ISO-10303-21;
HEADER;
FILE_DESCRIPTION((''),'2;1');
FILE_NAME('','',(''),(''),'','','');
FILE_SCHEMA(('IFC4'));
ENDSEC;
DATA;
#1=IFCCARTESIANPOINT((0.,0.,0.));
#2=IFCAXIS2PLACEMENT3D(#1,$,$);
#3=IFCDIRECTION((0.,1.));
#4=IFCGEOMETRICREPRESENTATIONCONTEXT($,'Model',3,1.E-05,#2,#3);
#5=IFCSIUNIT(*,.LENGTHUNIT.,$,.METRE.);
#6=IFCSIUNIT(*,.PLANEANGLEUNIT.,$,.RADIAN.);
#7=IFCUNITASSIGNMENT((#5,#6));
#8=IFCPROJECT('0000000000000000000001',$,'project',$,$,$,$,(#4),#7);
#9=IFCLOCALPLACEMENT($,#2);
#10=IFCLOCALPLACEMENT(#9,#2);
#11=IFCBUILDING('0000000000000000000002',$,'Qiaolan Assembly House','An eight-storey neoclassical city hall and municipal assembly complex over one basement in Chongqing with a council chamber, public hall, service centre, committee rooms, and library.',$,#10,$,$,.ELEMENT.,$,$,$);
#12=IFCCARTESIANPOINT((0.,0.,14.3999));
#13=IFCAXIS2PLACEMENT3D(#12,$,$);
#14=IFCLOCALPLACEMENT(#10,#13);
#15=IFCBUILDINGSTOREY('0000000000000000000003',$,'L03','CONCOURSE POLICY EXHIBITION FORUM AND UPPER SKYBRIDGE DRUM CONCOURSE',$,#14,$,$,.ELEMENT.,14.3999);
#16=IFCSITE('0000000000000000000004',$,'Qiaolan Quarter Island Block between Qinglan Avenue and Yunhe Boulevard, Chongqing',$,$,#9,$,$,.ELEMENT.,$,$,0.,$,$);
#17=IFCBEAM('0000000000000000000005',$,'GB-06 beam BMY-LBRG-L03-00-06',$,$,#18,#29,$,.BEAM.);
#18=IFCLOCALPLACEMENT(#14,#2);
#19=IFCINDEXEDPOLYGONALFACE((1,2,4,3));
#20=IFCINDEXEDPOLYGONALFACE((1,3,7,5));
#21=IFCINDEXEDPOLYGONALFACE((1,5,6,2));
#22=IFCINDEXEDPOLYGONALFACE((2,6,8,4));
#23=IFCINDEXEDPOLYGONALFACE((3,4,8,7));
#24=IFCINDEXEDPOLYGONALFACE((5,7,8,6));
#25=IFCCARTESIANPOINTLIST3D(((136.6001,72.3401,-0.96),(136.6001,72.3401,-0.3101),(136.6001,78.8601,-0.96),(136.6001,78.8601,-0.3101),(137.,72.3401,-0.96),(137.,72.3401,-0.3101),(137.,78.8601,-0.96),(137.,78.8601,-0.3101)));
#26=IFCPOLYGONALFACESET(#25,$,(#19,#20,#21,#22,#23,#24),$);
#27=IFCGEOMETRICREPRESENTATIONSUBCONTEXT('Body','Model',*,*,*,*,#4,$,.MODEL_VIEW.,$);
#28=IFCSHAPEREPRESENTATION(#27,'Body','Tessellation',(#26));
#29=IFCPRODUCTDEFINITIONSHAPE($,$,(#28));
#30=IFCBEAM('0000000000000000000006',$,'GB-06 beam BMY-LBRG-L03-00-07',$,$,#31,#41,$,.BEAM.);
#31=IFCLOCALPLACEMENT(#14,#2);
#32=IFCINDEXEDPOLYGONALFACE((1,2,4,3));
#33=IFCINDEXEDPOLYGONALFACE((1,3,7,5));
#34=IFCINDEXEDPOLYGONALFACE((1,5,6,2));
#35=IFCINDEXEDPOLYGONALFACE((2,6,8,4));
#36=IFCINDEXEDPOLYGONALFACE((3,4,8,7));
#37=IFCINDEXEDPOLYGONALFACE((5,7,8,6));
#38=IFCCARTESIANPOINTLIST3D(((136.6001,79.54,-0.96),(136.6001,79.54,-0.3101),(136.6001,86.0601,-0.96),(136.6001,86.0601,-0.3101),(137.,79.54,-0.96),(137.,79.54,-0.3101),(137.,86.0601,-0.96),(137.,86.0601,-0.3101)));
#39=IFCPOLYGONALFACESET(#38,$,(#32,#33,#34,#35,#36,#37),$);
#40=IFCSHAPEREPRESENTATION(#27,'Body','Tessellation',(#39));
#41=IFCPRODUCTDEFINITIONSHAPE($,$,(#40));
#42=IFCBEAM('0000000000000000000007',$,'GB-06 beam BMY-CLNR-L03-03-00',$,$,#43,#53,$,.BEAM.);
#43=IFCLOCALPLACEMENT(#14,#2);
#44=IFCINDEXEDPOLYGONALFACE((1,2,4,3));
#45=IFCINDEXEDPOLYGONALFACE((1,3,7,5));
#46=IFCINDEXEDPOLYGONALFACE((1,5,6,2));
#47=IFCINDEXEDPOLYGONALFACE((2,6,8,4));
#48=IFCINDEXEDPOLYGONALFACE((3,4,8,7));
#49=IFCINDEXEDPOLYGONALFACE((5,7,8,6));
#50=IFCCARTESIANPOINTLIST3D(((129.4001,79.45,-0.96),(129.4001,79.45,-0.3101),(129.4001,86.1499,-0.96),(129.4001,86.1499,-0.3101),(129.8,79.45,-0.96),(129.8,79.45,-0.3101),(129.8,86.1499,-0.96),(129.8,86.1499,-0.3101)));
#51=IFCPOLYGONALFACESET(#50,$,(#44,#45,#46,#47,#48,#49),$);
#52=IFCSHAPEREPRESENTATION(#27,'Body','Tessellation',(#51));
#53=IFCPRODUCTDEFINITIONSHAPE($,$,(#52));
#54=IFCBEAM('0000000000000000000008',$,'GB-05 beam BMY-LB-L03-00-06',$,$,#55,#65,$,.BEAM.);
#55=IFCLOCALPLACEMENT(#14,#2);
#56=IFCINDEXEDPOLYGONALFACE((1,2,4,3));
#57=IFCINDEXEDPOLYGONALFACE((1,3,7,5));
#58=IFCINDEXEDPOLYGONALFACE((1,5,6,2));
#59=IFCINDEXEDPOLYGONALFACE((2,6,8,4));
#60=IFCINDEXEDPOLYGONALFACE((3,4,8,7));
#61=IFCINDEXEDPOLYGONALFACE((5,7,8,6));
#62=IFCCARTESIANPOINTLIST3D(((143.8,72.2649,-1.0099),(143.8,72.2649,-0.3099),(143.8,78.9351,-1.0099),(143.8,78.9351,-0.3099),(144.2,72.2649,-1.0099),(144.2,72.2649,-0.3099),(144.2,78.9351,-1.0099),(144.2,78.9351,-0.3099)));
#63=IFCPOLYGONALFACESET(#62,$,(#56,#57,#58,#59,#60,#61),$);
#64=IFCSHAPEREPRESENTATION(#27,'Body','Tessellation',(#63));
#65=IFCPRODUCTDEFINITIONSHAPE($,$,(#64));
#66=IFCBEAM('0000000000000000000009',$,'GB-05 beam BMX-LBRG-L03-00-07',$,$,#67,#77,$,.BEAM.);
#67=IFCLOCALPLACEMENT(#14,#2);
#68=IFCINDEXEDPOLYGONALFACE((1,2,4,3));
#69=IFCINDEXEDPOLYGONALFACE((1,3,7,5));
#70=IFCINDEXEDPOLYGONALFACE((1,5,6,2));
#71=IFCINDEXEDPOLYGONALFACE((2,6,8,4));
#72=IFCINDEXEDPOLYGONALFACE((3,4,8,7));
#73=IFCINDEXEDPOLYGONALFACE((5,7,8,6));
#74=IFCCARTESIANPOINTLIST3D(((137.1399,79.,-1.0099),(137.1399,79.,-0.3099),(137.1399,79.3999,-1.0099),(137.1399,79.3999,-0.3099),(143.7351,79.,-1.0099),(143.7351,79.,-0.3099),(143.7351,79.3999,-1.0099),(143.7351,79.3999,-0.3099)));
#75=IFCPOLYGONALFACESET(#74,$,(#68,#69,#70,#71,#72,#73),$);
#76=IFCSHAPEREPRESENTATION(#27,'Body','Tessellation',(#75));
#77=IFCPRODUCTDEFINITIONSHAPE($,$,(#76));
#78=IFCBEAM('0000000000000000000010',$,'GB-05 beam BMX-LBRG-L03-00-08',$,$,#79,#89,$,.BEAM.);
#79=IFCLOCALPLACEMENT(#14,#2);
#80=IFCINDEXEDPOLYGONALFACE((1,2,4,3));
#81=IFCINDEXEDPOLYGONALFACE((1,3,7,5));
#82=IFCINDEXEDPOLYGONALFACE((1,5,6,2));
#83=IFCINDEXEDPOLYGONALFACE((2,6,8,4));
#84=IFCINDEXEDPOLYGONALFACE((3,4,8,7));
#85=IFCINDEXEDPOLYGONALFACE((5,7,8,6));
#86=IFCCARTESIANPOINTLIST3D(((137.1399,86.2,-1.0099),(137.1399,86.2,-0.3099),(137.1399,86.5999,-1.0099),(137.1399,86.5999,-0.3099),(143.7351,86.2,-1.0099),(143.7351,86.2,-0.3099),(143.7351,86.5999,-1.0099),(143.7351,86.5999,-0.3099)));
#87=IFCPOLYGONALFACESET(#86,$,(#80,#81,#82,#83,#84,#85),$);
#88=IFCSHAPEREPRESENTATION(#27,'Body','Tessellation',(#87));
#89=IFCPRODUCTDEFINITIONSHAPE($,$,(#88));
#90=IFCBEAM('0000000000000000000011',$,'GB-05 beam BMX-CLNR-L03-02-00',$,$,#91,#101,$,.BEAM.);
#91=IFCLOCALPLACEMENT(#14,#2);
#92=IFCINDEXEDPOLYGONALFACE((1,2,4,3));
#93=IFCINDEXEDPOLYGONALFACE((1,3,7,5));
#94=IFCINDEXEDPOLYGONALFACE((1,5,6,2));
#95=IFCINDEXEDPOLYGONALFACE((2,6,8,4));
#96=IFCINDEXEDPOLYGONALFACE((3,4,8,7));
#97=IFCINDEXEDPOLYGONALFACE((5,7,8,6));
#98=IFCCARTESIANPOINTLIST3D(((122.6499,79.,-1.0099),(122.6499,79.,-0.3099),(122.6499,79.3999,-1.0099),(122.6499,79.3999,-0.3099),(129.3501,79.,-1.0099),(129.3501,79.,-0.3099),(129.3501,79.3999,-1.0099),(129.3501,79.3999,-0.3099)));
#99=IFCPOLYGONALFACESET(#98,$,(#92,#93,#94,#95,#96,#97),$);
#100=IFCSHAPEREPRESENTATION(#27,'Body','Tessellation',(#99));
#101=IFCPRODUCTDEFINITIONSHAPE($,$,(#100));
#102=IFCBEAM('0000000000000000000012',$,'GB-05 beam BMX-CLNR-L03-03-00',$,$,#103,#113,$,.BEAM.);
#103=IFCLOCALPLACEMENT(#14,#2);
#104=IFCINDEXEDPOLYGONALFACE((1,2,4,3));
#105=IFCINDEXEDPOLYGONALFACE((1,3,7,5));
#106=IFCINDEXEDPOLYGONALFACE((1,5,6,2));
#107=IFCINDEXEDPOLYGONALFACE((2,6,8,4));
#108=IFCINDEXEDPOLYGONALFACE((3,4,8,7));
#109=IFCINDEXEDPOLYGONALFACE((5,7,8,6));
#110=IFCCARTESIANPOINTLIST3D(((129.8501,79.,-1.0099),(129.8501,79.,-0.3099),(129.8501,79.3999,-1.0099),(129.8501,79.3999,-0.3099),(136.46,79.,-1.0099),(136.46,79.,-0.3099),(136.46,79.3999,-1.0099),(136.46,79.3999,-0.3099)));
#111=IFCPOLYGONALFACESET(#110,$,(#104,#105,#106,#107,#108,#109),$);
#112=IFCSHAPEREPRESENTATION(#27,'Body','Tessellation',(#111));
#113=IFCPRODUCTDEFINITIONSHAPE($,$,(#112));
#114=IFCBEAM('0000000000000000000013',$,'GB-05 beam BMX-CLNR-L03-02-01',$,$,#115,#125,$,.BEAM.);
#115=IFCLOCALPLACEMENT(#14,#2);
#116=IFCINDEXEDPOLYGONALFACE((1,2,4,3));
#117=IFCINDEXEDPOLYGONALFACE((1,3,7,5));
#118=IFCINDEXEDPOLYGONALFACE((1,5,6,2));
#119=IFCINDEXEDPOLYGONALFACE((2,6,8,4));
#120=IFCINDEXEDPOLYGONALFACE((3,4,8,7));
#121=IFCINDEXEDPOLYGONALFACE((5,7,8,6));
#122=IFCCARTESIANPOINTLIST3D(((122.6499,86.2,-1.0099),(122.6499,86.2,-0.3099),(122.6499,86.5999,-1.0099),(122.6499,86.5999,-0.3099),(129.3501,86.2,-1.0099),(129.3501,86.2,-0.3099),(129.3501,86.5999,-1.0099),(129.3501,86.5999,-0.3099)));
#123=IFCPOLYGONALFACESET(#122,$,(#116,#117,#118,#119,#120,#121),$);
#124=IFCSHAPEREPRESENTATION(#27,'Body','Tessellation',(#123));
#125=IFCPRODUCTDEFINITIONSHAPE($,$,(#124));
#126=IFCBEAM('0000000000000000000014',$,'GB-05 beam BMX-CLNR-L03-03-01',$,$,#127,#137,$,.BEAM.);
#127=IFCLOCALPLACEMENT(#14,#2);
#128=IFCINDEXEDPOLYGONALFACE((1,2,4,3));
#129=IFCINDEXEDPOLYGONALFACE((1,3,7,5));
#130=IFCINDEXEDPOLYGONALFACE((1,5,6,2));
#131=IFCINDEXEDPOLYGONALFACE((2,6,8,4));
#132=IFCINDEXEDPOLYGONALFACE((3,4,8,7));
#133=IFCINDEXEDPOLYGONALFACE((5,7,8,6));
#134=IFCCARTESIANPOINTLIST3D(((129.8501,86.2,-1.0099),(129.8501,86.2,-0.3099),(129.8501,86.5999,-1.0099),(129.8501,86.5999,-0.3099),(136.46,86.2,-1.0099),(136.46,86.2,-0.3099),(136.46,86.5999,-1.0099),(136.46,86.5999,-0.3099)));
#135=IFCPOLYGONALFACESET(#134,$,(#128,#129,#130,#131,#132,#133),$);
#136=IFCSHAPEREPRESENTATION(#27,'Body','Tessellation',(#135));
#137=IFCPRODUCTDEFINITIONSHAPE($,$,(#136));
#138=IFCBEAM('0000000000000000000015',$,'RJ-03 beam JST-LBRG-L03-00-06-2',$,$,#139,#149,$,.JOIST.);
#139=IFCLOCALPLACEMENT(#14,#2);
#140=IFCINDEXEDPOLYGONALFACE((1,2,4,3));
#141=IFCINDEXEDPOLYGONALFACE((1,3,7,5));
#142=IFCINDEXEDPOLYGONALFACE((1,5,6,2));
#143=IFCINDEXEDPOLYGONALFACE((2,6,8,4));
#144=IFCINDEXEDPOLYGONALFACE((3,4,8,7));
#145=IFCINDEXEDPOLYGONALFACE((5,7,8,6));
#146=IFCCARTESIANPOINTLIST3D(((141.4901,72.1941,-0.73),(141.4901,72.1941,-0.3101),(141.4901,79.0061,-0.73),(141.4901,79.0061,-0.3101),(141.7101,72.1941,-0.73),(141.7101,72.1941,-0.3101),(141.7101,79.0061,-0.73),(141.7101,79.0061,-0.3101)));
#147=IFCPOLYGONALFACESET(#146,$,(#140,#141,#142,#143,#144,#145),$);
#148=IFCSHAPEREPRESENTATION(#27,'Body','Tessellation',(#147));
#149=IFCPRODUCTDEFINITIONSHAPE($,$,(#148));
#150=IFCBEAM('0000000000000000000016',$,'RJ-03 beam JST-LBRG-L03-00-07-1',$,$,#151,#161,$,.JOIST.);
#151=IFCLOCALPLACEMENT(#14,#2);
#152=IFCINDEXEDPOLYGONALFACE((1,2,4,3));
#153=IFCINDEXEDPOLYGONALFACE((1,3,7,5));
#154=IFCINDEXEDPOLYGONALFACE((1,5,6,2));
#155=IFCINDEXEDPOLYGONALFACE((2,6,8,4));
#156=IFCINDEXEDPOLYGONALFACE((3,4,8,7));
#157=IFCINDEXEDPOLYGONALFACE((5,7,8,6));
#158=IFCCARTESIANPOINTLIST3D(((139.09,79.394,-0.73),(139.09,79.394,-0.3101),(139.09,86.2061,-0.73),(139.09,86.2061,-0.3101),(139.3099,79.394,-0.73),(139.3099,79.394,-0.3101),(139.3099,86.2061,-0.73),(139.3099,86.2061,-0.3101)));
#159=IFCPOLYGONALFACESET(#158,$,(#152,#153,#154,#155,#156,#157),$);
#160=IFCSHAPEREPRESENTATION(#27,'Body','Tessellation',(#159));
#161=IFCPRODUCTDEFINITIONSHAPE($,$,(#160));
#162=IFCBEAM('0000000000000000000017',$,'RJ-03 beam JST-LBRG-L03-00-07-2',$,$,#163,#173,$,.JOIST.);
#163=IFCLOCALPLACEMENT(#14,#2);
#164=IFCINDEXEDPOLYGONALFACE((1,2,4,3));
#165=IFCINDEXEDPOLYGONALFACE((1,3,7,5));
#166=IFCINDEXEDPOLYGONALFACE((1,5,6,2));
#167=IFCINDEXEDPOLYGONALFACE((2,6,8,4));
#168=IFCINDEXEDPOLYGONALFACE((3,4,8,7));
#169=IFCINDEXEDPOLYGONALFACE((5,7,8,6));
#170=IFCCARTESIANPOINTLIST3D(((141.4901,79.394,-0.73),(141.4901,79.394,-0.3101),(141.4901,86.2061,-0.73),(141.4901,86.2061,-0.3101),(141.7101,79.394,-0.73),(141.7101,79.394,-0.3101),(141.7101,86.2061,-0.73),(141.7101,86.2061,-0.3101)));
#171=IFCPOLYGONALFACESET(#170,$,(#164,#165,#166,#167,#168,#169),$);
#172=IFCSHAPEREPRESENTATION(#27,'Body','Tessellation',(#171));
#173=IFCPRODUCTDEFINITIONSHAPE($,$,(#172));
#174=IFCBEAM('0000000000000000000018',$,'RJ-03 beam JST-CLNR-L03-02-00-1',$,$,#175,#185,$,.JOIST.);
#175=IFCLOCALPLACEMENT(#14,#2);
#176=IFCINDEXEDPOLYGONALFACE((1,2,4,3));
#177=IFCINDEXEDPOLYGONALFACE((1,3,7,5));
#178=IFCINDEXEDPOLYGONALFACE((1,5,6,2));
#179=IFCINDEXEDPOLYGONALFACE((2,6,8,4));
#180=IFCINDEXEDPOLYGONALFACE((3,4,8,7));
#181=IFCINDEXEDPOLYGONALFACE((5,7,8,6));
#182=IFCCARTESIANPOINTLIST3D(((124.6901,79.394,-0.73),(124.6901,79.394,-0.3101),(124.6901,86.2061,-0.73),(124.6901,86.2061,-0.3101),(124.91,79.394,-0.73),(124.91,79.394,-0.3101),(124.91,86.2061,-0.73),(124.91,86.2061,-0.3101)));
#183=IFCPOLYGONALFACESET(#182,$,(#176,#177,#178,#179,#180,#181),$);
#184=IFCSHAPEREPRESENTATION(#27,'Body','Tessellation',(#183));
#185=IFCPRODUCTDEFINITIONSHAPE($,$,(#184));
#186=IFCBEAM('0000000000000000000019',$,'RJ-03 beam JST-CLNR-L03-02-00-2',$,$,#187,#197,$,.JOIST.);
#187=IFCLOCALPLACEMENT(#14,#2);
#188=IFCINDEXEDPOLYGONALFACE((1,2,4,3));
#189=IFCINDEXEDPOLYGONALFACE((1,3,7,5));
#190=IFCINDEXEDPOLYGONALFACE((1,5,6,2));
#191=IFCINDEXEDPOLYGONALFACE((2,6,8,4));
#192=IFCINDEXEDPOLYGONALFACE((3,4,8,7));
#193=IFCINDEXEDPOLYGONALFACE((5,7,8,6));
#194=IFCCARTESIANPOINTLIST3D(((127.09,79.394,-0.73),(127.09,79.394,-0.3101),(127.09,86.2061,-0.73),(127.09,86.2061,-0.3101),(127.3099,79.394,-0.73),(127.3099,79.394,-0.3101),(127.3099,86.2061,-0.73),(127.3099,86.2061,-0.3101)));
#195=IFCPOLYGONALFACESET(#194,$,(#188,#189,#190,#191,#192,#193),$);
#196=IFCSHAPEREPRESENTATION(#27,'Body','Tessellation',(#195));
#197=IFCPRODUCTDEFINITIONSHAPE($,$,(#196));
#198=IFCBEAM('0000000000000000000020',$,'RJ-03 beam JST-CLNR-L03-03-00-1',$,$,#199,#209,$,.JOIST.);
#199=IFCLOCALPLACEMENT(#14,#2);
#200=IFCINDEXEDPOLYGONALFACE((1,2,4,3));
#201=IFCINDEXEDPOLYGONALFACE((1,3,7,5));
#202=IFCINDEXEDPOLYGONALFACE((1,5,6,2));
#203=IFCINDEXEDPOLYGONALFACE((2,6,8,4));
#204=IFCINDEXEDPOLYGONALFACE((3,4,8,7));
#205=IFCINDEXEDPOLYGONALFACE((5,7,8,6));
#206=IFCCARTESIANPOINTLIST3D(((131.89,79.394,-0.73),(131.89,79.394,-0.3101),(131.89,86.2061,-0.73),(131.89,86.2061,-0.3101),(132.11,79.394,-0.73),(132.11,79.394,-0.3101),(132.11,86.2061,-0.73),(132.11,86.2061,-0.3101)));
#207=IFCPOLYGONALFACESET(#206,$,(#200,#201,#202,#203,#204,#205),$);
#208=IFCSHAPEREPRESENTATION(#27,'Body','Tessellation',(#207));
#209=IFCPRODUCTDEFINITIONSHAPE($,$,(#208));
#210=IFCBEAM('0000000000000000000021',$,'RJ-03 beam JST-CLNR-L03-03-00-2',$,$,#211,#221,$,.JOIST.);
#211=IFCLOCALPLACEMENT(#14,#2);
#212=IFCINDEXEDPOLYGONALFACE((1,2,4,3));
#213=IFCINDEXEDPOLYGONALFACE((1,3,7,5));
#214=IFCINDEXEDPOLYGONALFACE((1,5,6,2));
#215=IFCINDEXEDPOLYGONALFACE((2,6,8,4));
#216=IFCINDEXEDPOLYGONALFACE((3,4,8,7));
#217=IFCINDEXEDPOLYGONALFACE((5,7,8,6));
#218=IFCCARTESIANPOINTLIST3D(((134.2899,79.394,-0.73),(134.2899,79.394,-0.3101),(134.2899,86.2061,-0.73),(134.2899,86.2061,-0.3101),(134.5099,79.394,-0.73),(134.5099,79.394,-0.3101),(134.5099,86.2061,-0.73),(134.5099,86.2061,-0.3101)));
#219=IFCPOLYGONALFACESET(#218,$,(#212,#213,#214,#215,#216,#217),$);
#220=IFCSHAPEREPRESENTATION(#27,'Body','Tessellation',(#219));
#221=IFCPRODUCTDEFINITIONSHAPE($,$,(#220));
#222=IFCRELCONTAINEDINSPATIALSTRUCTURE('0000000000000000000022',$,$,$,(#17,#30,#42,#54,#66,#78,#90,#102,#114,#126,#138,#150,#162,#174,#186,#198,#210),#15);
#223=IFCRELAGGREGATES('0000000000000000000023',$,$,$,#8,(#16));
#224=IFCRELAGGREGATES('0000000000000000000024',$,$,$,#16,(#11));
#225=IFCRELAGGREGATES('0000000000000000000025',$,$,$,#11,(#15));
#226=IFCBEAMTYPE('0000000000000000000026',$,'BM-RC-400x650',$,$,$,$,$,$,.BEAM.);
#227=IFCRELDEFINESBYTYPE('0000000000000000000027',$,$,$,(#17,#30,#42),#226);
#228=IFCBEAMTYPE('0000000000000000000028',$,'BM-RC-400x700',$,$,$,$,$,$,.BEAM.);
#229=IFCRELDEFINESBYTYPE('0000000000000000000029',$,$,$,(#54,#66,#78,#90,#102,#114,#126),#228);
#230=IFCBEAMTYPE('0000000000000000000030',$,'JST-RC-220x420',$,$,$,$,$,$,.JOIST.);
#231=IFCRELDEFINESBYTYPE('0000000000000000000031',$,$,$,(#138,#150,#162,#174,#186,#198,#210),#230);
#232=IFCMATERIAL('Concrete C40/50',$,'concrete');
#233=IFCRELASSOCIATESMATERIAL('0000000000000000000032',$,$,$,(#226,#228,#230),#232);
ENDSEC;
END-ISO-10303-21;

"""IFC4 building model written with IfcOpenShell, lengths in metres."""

from ifc_helpers import new_model, si_unit, direction, frame, origin, origin_2d, place, context, subcontext, project, spatial, rectangle, extrude, material, material_profile, profile_set, type_object, element, save


model = new_model("IFC4")

# Units and contexts
model_context = context("Model", 3, precision=1e-05, world=origin(), true_north=direction((0.0, 1.0)))
body_context = subcontext(model_context, "Body", "Model", "MODEL_VIEW")
ifc_project = project(units=[si_unit("LENGTHUNIT", "METRE"), si_unit("PLANEANGLEUNIT", "RADIAN")], contexts=[model_context])

# Site, building, storey
site_placement = place(None, origin())
site = spatial("IfcSite", under=ifc_project, at=site_placement, Name="Qiaolan Quarter Island Block between Qinglan Avenue and Yunhe Boulevard, Chongqing", CompositionType="ELEMENT", RefElevation=0.0)
building_placement = place(site_placement, origin())
building = spatial("IfcBuilding", under=site, at=building_placement, Name="Qiaolan Assembly House", Description="An eight-storey neoclassical city hall and municipal assembly complex over one basement in Chongqing with a council chamber, public hall, service centre, committee rooms, and library.", CompositionType="ELEMENT")
storey_placement = place(building_placement, frame((0.0, 0.0, 14.3999)))
storey = spatial("IfcBuildingStorey", under=building, at=storey_placement, Name="L03", Description="CONCOURSE POLICY EXHIBITION FORUM AND UPPER SKYBRIDGE DRUM CONCOURSE", CompositionType="ELEMENT", Elevation=14.3999)

# Beams
ifc_material_1 = material(Name="Concrete C40/50", Category="concrete")
ifc_material_profile_1 = material_profile(ifc_material_1, rectangle(XDim=0.3999, YDim=0.6499, at=origin_2d()), Name="RCB 400x650")
ifc_profile_set_1 = profile_set([ifc_material_profile_1], Name="Concrete C40/50")
beam_type_1 = type_object("IfcBeamType", Name="BM-RC-400x650", PredefinedType="BEAM", material=ifc_profile_set_1)
for number, where, z_axis, x_axis, name in (
    (1, (136.8, 72.3401, -0.635), (0.0, 1.0, 0.0), (-1.0, 0.0, 0.0), "GB-06 beam BMY-LBRG-L03-00-06"),
    (2, (136.8, 79.54, -0.635), (0.0, 1.0, 0.0), (-1.0, 0.0, 0.0), "GB-06 beam BMY-LBRG-L03-00-07"),
):
    element("IfcBeam", number, at=place(storey_placement, frame(where, z_axis=z_axis, x_axis=x_axis)), inside=storey, type_object=beam_type_1, Name=name, PredefinedType="BEAM", context=body_context, shape_type="SweptSolid", body=[
        extrude(rectangle(XDim=0.3999, YDim=0.6499, at=origin_2d()), origin(), (0.0, 0.0, 1.0), 6.52),
    ])
beam_1_placement = place(storey_placement, frame((129.6001, 79.45, -0.635), z_axis=(0.0, 1.0, 0.0), x_axis=(-1.0, 0.0, 0.0)))
element("IfcBeam", 3, at=beam_1_placement, inside=storey, type_object=beam_type_1, Name="GB-06 beam BMY-CLNR-L03-03-00", PredefinedType="BEAM", context=body_context, shape_type="SweptSolid", body=[
    extrude(rectangle(XDim=0.3999, YDim=0.6499, at=origin_2d()), origin(), (0.0, 0.0, 1.0), 6.7),
])
ifc_material_profile_2 = material_profile(ifc_material_1, rectangle(XDim=0.3999, YDim=0.7, at=origin_2d()), Name="RCB 400x700")
ifc_profile_set_2 = profile_set([ifc_material_profile_2], Name="Concrete C40/50")
beam_type_2 = type_object("IfcBeamType", Name="BM-RC-400x700", PredefinedType="BEAM", material=ifc_profile_set_2)
beam_2_placement = place(storey_placement, frame((144.0, 72.2649, -0.6599), z_axis=(0.0, 1.0, 0.0), x_axis=(-1.0, 0.0, 0.0)))
element("IfcBeam", 4, at=beam_2_placement, inside=storey, type_object=beam_type_2, Name="GB-05 beam BMY-LB-L03-00-06", PredefinedType="BEAM", context=body_context, shape_type="SweptSolid", body=[
    extrude(rectangle(XDim=0.3999, YDim=0.7, at=origin_2d()), origin(), (0.0, 0.0, 1.0), 6.6702),
])
for number, where, z_axis, x_axis, name in (
    (5, (137.1399, 79.2, -0.6599), (1.0, 0.0, 0.0), (0.0, 1.0, 0.0), "GB-05 beam BMX-LBRG-L03-00-07"),
    (6, (137.1399, 86.3999, -0.6599), (1.0, 0.0, 0.0), (0.0, 1.0, 0.0), "GB-05 beam BMX-LBRG-L03-00-08"),
):
    element("IfcBeam", number, at=place(storey_placement, frame(where, z_axis=z_axis, x_axis=x_axis)), inside=storey, type_object=beam_type_2, Name=name, PredefinedType="BEAM", context=body_context, shape_type="SweptSolid", body=[
        extrude(rectangle(XDim=0.3999, YDim=0.7, at=origin_2d()), origin(), (0.0, 0.0, 1.0), 6.5952),
    ])
beam_3_placement = place(storey_placement, frame((122.6499, 79.2, -0.6599), z_axis=(1.0, 0.0, 0.0), x_axis=(0.0, 1.0, 0.0)))
element("IfcBeam", 7, at=beam_3_placement, inside=storey, type_object=beam_type_2, Name="GB-05 beam BMX-CLNR-L03-02-00", PredefinedType="BEAM", context=body_context, shape_type="SweptSolid", body=[
    extrude(rectangle(XDim=0.3999, YDim=0.7, at=origin_2d()), origin(), (0.0, 0.0, 1.0), 6.7002),
])
beam_4_placement = place(storey_placement, frame((129.8501, 79.2, -0.6599), z_axis=(1.0, 0.0, 0.0), x_axis=(0.0, 1.0, 0.0)))
element("IfcBeam", 8, at=beam_4_placement, inside=storey, type_object=beam_type_2, Name="GB-05 beam BMX-CLNR-L03-03-00", PredefinedType="BEAM", context=body_context, shape_type="SweptSolid", body=[
    extrude(rectangle(XDim=0.3999, YDim=0.7, at=origin_2d()), origin(), (0.0, 0.0, 1.0), 6.6099),
])
beam_5_placement = place(storey_placement, frame((122.6499, 86.3999, -0.6599), z_axis=(1.0, 0.0, 0.0), x_axis=(0.0, 1.0, 0.0)))
element("IfcBeam", 9, at=beam_5_placement, inside=storey, type_object=beam_type_2, Name="GB-05 beam BMX-CLNR-L03-02-01", PredefinedType="BEAM", context=body_context, shape_type="SweptSolid", body=[
    extrude(rectangle(XDim=0.3999, YDim=0.7, at=origin_2d()), origin(), (0.0, 0.0, 1.0), 6.7002),
])
beam_6_placement = place(storey_placement, frame((129.8501, 86.3999, -0.6599), z_axis=(1.0, 0.0, 0.0), x_axis=(0.0, 1.0, 0.0)))
element("IfcBeam", 10, at=beam_6_placement, inside=storey, type_object=beam_type_2, Name="GB-05 beam BMX-CLNR-L03-03-01", PredefinedType="BEAM", context=body_context, shape_type="SweptSolid", body=[
    extrude(rectangle(XDim=0.3999, YDim=0.7, at=origin_2d()), origin(), (0.0, 0.0, 1.0), 6.6099),
])
ifc_material_profile_3 = material_profile(ifc_material_1, rectangle(XDim=0.22, YDim=0.4199, at=origin_2d()), Name="RCB 220x420")
ifc_profile_set_3 = profile_set([ifc_material_profile_3], Name="Concrete C40/50")
beam_type_3 = type_object("IfcBeamType", Name="JST-RC-220x420", PredefinedType="JOIST", material=ifc_profile_set_3)
for number, where, z_axis, x_axis, name in (
    (11, (141.6001, 72.1941, -0.52), (0.0, 1.0, 0.0), (-1.0, 0.0, 0.0), "RJ-03 beam JST-LBRG-L03-00-06-2"),
    (12, (139.2, 79.394, -0.52), (0.0, 1.0, 0.0), (-1.0, 0.0, 0.0), "RJ-03 beam JST-LBRG-L03-00-07-1"),
    (13, (141.6001, 79.394, -0.52), (0.0, 1.0, 0.0), (-1.0, 0.0, 0.0), "RJ-03 beam JST-LBRG-L03-00-07-2"),
    (14, (124.8, 79.394, -0.52), (0.0, 1.0, 0.0), (-1.0, 0.0, 0.0), "RJ-03 beam JST-CLNR-L03-02-00-1"),
    (15, (127.2, 79.394, -0.52), (0.0, 1.0, 0.0), (-1.0, 0.0, 0.0), "RJ-03 beam JST-CLNR-L03-02-00-2"),
    (16, (132.0, 79.394, -0.52), (0.0, 1.0, 0.0), (-1.0, 0.0, 0.0), "RJ-03 beam JST-CLNR-L03-03-00-1"),
    (17, (134.3999, 79.394, -0.52), (0.0, 1.0, 0.0), (-1.0, 0.0, 0.0), "RJ-03 beam JST-CLNR-L03-03-00-2"),
):
    element("IfcBeam", number, at=place(storey_placement, frame(where, z_axis=z_axis, x_axis=x_axis)), inside=storey, type_object=beam_type_3, Name=name, PredefinedType="JOIST", context=body_context, shape_type="SweptSolid", body=[
        extrude(rectangle(XDim=0.22, YDim=0.4199, at=origin_2d()), origin(), (0.0, 0.0, 1.0), 6.812),
    ])

save(model, "model.ifc")
